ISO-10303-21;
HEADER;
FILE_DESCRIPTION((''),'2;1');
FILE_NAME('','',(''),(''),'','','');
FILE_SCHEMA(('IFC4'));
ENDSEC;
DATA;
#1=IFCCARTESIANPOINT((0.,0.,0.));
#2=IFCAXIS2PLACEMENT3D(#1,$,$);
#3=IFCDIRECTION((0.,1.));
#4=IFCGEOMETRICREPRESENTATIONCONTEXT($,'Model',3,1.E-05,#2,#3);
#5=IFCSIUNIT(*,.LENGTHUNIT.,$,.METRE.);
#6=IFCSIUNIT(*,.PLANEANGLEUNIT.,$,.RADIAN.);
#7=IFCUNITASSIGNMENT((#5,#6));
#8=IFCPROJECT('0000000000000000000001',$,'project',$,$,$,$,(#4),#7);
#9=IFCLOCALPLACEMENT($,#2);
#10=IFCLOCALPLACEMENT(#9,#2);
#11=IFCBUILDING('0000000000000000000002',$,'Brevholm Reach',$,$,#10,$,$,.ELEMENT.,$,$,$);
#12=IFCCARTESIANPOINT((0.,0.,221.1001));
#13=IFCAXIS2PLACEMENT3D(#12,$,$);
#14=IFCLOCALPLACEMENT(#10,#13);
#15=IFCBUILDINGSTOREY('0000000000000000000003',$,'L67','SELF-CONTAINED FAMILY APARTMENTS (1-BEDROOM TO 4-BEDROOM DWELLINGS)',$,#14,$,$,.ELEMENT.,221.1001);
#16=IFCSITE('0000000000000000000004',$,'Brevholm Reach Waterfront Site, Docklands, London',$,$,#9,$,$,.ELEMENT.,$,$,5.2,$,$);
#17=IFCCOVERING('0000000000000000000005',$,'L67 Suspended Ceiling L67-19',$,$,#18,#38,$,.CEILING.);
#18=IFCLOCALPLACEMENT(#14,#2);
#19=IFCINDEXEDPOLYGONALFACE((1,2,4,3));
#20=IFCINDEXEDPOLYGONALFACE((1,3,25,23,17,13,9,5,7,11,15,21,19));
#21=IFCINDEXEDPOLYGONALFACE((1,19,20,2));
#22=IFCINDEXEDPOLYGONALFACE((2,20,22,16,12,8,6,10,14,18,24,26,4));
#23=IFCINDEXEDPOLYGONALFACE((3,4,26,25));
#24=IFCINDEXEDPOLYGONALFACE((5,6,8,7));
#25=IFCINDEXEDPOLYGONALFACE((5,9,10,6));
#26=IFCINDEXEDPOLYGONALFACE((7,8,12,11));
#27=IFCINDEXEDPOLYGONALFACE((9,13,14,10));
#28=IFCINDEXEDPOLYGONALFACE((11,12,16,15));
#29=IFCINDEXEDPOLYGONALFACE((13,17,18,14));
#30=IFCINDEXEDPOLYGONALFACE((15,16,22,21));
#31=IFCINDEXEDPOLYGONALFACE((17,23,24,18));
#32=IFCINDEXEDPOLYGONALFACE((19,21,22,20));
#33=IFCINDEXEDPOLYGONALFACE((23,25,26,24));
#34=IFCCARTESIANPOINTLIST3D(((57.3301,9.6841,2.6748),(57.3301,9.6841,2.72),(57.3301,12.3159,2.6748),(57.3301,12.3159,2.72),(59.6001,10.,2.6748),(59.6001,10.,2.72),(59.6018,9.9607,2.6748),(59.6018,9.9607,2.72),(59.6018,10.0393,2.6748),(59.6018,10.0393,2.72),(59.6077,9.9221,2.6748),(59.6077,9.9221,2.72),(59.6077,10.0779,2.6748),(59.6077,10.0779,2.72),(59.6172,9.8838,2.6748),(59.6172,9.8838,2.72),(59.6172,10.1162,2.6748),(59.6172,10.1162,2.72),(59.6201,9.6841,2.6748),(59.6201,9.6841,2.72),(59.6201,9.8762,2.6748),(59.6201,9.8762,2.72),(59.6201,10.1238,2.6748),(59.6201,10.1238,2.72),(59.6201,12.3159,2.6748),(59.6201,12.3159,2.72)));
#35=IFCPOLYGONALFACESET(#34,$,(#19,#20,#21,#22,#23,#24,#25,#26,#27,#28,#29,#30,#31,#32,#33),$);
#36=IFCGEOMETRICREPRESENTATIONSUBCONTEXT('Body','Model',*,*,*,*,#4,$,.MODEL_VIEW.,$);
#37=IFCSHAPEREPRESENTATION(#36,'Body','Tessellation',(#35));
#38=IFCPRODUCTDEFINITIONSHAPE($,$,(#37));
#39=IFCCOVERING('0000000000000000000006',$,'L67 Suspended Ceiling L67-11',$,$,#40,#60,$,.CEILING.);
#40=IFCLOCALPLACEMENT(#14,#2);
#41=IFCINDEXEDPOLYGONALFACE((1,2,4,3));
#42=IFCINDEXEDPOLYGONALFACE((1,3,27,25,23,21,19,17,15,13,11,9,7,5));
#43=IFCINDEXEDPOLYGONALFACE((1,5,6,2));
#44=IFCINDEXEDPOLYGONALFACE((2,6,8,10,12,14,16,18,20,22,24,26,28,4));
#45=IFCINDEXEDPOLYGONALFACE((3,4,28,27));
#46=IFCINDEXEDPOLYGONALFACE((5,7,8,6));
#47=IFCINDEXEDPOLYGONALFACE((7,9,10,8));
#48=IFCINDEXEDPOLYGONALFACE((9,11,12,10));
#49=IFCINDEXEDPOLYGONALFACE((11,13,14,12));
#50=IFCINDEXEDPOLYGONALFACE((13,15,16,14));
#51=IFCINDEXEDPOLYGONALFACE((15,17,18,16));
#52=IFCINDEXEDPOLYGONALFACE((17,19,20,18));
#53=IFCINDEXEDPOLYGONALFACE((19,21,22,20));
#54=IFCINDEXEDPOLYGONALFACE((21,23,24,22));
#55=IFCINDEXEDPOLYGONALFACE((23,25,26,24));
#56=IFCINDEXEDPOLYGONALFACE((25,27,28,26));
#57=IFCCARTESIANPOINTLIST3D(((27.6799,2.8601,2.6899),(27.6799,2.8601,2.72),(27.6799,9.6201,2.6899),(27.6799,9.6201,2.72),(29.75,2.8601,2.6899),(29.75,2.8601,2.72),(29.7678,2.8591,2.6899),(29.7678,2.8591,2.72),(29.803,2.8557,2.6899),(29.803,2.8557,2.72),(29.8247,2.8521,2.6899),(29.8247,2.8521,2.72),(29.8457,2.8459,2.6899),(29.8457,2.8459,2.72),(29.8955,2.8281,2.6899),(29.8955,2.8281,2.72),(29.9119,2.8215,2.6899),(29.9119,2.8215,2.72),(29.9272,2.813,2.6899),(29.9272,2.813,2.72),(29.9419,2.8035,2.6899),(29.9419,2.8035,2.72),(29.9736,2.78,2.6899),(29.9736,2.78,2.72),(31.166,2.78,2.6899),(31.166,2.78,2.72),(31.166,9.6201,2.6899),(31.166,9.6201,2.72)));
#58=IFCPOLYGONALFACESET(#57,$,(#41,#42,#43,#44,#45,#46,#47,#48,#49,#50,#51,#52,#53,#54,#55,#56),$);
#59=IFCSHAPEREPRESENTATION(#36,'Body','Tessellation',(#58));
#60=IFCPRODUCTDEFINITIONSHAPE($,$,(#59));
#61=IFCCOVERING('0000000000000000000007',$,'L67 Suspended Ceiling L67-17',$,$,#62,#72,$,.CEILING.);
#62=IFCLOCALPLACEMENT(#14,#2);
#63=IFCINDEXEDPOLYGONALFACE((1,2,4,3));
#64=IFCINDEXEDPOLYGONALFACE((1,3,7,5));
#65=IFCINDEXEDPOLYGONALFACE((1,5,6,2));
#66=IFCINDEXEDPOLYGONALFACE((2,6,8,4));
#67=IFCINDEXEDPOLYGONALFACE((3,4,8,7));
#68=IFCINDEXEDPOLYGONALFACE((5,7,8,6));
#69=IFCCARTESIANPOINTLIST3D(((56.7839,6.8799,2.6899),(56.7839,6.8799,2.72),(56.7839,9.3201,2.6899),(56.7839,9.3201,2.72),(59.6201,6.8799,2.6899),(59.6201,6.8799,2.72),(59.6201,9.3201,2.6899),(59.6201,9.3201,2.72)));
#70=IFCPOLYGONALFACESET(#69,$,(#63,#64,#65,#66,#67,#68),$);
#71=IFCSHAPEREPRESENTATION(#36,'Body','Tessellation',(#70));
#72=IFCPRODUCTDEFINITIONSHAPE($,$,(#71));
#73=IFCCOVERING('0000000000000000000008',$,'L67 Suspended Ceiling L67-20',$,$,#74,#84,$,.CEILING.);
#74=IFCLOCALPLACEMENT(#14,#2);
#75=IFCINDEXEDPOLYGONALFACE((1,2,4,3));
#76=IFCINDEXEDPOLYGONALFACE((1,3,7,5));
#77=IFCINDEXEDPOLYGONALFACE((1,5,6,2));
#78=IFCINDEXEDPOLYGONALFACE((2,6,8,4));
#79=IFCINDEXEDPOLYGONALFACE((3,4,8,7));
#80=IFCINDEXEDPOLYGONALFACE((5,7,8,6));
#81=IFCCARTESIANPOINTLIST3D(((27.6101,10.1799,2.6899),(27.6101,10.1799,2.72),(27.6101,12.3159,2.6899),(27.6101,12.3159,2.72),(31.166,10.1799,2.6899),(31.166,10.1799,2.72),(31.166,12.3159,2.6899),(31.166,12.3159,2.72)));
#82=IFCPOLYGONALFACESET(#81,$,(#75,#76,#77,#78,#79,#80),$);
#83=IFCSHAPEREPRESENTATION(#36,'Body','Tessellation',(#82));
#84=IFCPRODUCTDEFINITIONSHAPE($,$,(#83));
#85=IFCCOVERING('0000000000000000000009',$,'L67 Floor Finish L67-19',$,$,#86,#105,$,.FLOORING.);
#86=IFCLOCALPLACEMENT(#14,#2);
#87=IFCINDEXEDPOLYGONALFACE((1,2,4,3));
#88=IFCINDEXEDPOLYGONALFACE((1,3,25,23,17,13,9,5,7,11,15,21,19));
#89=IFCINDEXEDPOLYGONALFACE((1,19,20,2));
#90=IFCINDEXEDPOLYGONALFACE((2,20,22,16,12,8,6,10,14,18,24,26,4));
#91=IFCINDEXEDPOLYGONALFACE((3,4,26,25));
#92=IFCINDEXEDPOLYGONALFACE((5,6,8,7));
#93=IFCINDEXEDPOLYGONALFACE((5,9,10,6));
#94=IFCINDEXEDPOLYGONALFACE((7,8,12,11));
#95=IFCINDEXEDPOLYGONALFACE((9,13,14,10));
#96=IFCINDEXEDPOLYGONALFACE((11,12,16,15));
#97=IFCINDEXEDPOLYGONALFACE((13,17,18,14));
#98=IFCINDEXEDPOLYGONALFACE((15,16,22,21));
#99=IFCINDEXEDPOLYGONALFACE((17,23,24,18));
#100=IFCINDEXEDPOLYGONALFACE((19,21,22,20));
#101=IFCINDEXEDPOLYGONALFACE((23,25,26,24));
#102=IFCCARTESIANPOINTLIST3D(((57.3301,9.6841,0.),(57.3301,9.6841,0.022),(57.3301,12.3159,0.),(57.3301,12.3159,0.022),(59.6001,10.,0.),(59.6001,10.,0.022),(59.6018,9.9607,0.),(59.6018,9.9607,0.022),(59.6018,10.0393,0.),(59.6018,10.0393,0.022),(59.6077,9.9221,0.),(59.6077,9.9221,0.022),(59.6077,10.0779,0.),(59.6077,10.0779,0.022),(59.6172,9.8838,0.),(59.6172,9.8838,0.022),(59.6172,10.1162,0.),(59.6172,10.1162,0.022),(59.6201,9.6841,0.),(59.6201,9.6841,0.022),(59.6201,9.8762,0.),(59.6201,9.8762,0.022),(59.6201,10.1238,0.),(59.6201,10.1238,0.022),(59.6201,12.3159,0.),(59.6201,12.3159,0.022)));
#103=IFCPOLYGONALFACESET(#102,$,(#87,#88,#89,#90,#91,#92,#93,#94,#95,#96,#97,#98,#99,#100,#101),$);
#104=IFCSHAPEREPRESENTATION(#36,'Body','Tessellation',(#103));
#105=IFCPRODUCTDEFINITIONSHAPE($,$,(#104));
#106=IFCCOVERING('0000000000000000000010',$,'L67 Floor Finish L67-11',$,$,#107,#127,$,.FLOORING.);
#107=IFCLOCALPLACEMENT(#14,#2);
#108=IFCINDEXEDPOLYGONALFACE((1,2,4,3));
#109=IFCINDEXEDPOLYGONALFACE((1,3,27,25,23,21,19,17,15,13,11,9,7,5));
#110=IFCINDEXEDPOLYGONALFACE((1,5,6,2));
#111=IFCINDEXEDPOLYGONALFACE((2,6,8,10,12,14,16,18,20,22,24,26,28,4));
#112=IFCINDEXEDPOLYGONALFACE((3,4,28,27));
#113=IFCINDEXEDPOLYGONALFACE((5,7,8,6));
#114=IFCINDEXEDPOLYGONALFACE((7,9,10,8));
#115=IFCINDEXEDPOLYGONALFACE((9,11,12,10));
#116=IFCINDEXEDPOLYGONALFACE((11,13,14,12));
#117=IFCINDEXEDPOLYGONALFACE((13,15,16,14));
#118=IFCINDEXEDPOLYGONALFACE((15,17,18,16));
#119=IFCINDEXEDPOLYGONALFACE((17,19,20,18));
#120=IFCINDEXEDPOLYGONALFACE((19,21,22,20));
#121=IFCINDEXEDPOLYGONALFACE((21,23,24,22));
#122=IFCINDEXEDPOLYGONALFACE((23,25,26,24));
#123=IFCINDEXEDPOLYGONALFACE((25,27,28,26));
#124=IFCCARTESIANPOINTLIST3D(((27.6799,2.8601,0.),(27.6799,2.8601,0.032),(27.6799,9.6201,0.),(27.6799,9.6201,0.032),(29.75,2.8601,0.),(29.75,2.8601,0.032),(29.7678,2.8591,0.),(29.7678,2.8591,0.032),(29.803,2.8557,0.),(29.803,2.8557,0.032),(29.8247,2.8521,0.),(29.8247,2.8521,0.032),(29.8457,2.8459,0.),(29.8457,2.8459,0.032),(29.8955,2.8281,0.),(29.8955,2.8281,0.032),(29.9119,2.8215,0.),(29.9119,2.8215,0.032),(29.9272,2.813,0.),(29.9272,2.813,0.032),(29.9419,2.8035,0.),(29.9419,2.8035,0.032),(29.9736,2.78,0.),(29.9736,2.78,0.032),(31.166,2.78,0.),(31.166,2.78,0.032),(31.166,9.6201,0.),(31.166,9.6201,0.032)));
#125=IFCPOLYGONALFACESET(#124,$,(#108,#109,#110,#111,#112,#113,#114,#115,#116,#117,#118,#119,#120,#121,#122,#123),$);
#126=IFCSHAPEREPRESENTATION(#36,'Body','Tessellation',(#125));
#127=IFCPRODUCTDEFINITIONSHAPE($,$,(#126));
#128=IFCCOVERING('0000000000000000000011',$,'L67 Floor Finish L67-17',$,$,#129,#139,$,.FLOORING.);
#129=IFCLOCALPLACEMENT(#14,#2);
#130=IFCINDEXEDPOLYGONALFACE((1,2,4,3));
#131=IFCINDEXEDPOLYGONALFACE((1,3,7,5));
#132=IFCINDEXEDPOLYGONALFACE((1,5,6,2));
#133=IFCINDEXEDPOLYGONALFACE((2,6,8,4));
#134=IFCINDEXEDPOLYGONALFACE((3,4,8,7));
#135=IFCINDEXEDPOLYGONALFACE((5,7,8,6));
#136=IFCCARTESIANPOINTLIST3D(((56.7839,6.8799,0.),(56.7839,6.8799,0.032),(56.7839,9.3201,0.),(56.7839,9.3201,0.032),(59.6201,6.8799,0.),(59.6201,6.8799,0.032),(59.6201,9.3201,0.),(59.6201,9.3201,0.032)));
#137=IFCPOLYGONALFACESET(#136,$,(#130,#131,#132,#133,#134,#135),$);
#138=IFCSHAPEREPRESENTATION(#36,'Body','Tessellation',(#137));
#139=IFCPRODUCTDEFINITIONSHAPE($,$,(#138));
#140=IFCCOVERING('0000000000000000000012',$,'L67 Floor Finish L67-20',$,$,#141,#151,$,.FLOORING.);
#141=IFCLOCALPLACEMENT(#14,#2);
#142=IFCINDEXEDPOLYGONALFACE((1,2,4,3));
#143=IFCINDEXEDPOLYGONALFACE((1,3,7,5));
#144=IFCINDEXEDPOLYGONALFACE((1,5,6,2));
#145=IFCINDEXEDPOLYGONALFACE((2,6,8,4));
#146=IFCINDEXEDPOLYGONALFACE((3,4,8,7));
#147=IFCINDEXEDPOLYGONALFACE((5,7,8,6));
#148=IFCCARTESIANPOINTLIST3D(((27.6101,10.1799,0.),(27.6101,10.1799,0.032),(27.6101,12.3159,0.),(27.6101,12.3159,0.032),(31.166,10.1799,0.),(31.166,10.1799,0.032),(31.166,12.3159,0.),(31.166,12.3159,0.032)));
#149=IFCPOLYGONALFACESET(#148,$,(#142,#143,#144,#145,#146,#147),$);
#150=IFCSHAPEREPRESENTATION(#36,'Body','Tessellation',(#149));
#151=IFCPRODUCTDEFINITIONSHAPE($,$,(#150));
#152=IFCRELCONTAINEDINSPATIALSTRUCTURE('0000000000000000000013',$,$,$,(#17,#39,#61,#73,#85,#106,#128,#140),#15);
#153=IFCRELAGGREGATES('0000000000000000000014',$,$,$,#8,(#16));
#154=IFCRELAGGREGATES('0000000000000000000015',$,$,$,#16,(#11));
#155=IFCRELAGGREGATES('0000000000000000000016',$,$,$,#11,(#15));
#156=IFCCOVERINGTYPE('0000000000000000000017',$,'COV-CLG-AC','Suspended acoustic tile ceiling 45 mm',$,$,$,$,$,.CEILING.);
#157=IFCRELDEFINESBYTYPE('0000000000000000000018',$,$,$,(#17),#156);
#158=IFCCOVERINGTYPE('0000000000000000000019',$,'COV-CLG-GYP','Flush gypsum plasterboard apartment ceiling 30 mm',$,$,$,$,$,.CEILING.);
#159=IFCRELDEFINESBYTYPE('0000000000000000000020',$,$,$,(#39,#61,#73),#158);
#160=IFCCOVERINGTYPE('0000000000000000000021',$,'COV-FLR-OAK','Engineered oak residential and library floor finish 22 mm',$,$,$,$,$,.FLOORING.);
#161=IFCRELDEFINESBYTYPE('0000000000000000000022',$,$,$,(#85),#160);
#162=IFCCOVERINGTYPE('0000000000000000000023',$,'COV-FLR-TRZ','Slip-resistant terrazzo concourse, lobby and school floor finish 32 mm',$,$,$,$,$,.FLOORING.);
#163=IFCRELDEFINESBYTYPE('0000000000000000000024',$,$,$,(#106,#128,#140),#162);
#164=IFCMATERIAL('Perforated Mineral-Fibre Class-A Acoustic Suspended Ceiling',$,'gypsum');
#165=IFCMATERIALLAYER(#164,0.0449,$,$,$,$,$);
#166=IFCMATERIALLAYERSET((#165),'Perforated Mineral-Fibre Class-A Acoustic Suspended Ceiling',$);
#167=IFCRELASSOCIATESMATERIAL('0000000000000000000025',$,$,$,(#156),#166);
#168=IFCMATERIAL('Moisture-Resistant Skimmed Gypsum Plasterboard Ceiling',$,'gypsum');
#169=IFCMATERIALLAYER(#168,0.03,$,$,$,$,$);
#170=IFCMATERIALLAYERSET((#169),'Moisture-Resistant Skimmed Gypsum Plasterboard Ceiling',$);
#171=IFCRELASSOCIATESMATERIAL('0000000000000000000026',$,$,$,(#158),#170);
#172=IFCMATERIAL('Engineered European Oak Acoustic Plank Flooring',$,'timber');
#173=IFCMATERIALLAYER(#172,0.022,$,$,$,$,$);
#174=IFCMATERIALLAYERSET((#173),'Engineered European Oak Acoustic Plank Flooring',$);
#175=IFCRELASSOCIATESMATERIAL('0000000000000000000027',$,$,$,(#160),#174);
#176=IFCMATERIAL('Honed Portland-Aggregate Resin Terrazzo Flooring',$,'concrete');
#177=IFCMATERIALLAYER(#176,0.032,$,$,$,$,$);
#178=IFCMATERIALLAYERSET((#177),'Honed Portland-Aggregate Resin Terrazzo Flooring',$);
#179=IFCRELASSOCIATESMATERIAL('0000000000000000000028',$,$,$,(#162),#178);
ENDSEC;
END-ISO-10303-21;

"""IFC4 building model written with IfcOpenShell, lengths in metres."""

from ifc_helpers import new_model, si_unit, direction, frame, origin, place, context, subcontext, project, spatial, polyline, outline, extrude, material, layer, layer_set, type_object, element, save


model = new_model("IFC4")

# Units and contexts
model_context = context("Model", 3, precision=1e-05, world=origin(), true_north=direction((0.0, 1.0)))
body_context = subcontext(model_context, "Body", "Model", "MODEL_VIEW")
ifc_project = project(units=[si_unit("LENGTHUNIT", "METRE"), si_unit("PLANEANGLEUNIT", "RADIAN")], contexts=[model_context])

# Site, building, storey
site_placement = place(None, origin())
site = spatial("IfcSite", under=ifc_project, at=site_placement, Name="Brevholm Reach Waterfront Site, Docklands, London", CompositionType="ELEMENT", RefElevation=5.2)
building_placement = place(site_placement, origin())
building = spatial("IfcBuilding", under=site, at=building_placement, Name="Brevholm Reach", CompositionType="ELEMENT")
storey_placement = place(building_placement, frame((0.0, 0.0, 221.1001)))
storey = spatial("IfcBuildingStorey", under=building, at=storey_placement, Name="L67", Description="SELF-CONTAINED FAMILY APARTMENTS (1-BEDROOM TO 4-BEDROOM DWELLINGS)", CompositionType="ELEMENT", Elevation=221.1001)

# Coverings
ifc_material_1 = material(Name="Perforated Mineral-Fibre Class-A Acoustic Suspended Ceiling", Category="gypsum")
ifc_layer_1 = layer(ifc_material_1, 0.0449)
ifc_layer_set_1 = layer_set([ifc_layer_1], Name="Perforated Mineral-Fibre Class-A Acoustic Suspended Ceiling")
covering_type_1 = type_object("IfcCoveringType", Name="COV-CLG-AC", Description="Suspended acoustic tile ceiling 45 mm", PredefinedType="CEILING", material=ifc_layer_set_1)
covering_1_placement = place(storey_placement, frame((0.0, 0.0, 2.6748)))
element("IfcCovering", 1, at=covering_1_placement, inside=storey, type_object=covering_type_1, Name="L67 Suspended Ceiling L67-19", PredefinedType="CEILING", context=body_context, shape_type="SweptSolid", body=[
    extrude(outline(polyline([(57.3301, 12.3159), (59.6201, 12.3159), (59.6201, 10.1238), (59.6172, 10.1162), (59.6077, 10.0779), (59.6018, 10.0393), (59.6001, 10.0), (59.6018, 9.9607), (59.6077, 9.9221), (59.6172, 9.8838), (59.6201, 9.8762), (59.6201, 9.6841), (57.3301, 9.6841), (57.3301, 12.3159)])), origin(), (0.0, 0.0, 1.0), 0.0452),
])
ifc_material_2 = material(Name="Moisture-Resistant Skimmed Gypsum Plasterboard Ceiling", Category="gypsum")
ifc_layer_2 = layer(ifc_material_2, 0.03)
ifc_layer_set_2 = layer_set([ifc_layer_2], Name="Moisture-Resistant Skimmed Gypsum Plasterboard Ceiling")
covering_type_2 = type_object("IfcCoveringType", Name="COV-CLG-GYP", Description="Flush gypsum plasterboard apartment ceiling 30 mm", PredefinedType="CEILING", material=ifc_layer_set_2)
covering_2_placement = place(storey_placement, frame((0.0, 0.0, 2.6899)))
element("IfcCovering", 2, at=covering_2_placement, inside=storey, type_object=covering_type_2, Name="L67 Suspended Ceiling L67-11", PredefinedType="CEILING", context=body_context, shape_type="SweptSolid", body=[
    extrude(outline(polyline([(31.166, 9.6201), (31.166, 2.78), (29.9736, 2.78), (29.9419, 2.8035), (29.9272, 2.813), (29.9119, 2.8215), (29.8955, 2.8281), (29.8457, 2.8459), (29.8247, 2.8521), (29.803, 2.8557), (29.7678, 2.8591), (29.75, 2.8601), (27.6799, 2.8601), (27.6799, 9.6201), (31.166, 9.6201)])), origin(), (0.0, 0.0, 1.0), 0.03),
])
covering_3_placement = place(storey_placement, frame((0.0, 0.0, 2.6899)))
element("IfcCovering", 3, at=covering_3_placement, inside=storey, type_object=covering_type_2, Name="L67 Suspended Ceiling L67-17", PredefinedType="CEILING", context=body_context, shape_type="SweptSolid", body=[
    extrude(outline(polyline([(59.6201, 9.3201), (59.6201, 6.8799), (56.7839, 6.8799), (56.7839, 9.3201), (59.6201, 9.3201)])), origin(), (0.0, 0.0, 1.0), 0.03),
])
covering_4_placement = place(storey_placement, frame((0.0, 0.0, 2.6899)))
element("IfcCovering", 4, at=covering_4_placement, inside=storey, type_object=covering_type_2, Name="L67 Suspended Ceiling L67-20", PredefinedType="CEILING", context=body_context, shape_type="SweptSolid", body=[
    extrude(outline(polyline([(27.6101, 10.1799), (27.6101, 12.3159), (31.166, 12.3159), (31.166, 10.1799), (27.6101, 10.1799)])), origin(), (0.0, 0.0, 1.0), 0.03),
])
ifc_material_3 = material(Name="Engineered European Oak Acoustic Plank Flooring", Category="timber")
ifc_layer_3 = layer(ifc_material_3, 0.022)
ifc_layer_set_3 = layer_set([ifc_layer_3], Name="Engineered European Oak Acoustic Plank Flooring")
covering_type_3 = type_object("IfcCoveringType", Name="COV-FLR-OAK", Description="Engineered oak residential and library floor finish 22 mm", PredefinedType="FLOORING", material=ifc_layer_set_3)
covering_5_placement = place(storey_placement, origin())
element("IfcCovering", 5, at=covering_5_placement, inside=storey, type_object=covering_type_3, Name="L67 Floor Finish L67-19", PredefinedType="FLOORING", context=body_context, shape_type="SweptSolid", body=[
    extrude(outline(polyline([(57.3301, 12.3159), (59.6201, 12.3159), (59.6201, 10.1238), (59.6172, 10.1162), (59.6077, 10.0779), (59.6018, 10.0393), (59.6001, 10.0), (59.6018, 9.9607), (59.6077, 9.9221), (59.6172, 9.8838), (59.6201, 9.8762), (59.6201, 9.6841), (57.3301, 9.6841), (57.3301, 12.3159)])), origin(), (0.0, 0.0, 1.0), 0.022),
])
ifc_material_4 = material(Name="Honed Portland-Aggregate Resin Terrazzo Flooring", Category="concrete")
ifc_layer_4 = layer(ifc_material_4, 0.032)
ifc_layer_set_4 = layer_set([ifc_layer_4], Name="Honed Portland-Aggregate Resin Terrazzo Flooring")
covering_type_4 = type_object("IfcCoveringType", Name="COV-FLR-TRZ", Description="Slip-resistant terrazzo concourse, lobby and school floor finish 32 mm", PredefinedType="FLOORING", material=ifc_layer_set_4)
covering_6_placement = place(storey_placement, origin())
element("IfcCovering", 6, at=covering_6_placement, inside=storey, type_object=covering_type_4, Name="L67 Floor Finish L67-11", PredefinedType="FLOORING", context=body_context, shape_type="SweptSolid", body=[
    extrude(outline(polyline([(31.166, 9.6201), (31.166, 2.78), (29.9736, 2.78), (29.9419, 2.8035), (29.9272, 2.813), (29.9119, 2.8215), (29.8955, 2.8281), (29.8457, 2.8459), (29.8247, 2.8521), (29.803, 2.8557), (29.7678, 2.8591), (29.75, 2.8601), (27.6799, 2.8601), (27.6799, 9.6201), (31.166, 9.6201)])), origin(), (0.0, 0.0, 1.0), 0.032),
])
covering_7_placement = place(storey_placement, origin())
element("IfcCovering", 7, at=covering_7_placement, inside=storey, type_object=covering_type_4, Name="L67 Floor Finish L67-17", PredefinedType="FLOORING", context=body_context, shape_type="SweptSolid", body=[
    extrude(outline(polyline([(59.6201, 9.3201), (59.6201, 6.8799), (56.7839, 6.8799), (56.7839, 9.3201), (59.6201, 9.3201)])), origin(), (0.0, 0.0, 1.0), 0.032),
])
covering_8_placement = place(storey_placement, origin())
element("IfcCovering", 8, at=covering_8_placement, inside=storey, type_object=covering_type_4, Name="L67 Floor Finish L67-20", PredefinedType="FLOORING", context=body_context, shape_type="SweptSolid", body=[
    extrude(outline(polyline([(27.6101, 10.1799), (27.6101, 12.3159), (31.166, 12.3159), (31.166, 10.1799), (27.6101, 10.1799)])), origin(), (0.0, 0.0, 1.0), 0.032),
])

save(model, "model.ifc")
